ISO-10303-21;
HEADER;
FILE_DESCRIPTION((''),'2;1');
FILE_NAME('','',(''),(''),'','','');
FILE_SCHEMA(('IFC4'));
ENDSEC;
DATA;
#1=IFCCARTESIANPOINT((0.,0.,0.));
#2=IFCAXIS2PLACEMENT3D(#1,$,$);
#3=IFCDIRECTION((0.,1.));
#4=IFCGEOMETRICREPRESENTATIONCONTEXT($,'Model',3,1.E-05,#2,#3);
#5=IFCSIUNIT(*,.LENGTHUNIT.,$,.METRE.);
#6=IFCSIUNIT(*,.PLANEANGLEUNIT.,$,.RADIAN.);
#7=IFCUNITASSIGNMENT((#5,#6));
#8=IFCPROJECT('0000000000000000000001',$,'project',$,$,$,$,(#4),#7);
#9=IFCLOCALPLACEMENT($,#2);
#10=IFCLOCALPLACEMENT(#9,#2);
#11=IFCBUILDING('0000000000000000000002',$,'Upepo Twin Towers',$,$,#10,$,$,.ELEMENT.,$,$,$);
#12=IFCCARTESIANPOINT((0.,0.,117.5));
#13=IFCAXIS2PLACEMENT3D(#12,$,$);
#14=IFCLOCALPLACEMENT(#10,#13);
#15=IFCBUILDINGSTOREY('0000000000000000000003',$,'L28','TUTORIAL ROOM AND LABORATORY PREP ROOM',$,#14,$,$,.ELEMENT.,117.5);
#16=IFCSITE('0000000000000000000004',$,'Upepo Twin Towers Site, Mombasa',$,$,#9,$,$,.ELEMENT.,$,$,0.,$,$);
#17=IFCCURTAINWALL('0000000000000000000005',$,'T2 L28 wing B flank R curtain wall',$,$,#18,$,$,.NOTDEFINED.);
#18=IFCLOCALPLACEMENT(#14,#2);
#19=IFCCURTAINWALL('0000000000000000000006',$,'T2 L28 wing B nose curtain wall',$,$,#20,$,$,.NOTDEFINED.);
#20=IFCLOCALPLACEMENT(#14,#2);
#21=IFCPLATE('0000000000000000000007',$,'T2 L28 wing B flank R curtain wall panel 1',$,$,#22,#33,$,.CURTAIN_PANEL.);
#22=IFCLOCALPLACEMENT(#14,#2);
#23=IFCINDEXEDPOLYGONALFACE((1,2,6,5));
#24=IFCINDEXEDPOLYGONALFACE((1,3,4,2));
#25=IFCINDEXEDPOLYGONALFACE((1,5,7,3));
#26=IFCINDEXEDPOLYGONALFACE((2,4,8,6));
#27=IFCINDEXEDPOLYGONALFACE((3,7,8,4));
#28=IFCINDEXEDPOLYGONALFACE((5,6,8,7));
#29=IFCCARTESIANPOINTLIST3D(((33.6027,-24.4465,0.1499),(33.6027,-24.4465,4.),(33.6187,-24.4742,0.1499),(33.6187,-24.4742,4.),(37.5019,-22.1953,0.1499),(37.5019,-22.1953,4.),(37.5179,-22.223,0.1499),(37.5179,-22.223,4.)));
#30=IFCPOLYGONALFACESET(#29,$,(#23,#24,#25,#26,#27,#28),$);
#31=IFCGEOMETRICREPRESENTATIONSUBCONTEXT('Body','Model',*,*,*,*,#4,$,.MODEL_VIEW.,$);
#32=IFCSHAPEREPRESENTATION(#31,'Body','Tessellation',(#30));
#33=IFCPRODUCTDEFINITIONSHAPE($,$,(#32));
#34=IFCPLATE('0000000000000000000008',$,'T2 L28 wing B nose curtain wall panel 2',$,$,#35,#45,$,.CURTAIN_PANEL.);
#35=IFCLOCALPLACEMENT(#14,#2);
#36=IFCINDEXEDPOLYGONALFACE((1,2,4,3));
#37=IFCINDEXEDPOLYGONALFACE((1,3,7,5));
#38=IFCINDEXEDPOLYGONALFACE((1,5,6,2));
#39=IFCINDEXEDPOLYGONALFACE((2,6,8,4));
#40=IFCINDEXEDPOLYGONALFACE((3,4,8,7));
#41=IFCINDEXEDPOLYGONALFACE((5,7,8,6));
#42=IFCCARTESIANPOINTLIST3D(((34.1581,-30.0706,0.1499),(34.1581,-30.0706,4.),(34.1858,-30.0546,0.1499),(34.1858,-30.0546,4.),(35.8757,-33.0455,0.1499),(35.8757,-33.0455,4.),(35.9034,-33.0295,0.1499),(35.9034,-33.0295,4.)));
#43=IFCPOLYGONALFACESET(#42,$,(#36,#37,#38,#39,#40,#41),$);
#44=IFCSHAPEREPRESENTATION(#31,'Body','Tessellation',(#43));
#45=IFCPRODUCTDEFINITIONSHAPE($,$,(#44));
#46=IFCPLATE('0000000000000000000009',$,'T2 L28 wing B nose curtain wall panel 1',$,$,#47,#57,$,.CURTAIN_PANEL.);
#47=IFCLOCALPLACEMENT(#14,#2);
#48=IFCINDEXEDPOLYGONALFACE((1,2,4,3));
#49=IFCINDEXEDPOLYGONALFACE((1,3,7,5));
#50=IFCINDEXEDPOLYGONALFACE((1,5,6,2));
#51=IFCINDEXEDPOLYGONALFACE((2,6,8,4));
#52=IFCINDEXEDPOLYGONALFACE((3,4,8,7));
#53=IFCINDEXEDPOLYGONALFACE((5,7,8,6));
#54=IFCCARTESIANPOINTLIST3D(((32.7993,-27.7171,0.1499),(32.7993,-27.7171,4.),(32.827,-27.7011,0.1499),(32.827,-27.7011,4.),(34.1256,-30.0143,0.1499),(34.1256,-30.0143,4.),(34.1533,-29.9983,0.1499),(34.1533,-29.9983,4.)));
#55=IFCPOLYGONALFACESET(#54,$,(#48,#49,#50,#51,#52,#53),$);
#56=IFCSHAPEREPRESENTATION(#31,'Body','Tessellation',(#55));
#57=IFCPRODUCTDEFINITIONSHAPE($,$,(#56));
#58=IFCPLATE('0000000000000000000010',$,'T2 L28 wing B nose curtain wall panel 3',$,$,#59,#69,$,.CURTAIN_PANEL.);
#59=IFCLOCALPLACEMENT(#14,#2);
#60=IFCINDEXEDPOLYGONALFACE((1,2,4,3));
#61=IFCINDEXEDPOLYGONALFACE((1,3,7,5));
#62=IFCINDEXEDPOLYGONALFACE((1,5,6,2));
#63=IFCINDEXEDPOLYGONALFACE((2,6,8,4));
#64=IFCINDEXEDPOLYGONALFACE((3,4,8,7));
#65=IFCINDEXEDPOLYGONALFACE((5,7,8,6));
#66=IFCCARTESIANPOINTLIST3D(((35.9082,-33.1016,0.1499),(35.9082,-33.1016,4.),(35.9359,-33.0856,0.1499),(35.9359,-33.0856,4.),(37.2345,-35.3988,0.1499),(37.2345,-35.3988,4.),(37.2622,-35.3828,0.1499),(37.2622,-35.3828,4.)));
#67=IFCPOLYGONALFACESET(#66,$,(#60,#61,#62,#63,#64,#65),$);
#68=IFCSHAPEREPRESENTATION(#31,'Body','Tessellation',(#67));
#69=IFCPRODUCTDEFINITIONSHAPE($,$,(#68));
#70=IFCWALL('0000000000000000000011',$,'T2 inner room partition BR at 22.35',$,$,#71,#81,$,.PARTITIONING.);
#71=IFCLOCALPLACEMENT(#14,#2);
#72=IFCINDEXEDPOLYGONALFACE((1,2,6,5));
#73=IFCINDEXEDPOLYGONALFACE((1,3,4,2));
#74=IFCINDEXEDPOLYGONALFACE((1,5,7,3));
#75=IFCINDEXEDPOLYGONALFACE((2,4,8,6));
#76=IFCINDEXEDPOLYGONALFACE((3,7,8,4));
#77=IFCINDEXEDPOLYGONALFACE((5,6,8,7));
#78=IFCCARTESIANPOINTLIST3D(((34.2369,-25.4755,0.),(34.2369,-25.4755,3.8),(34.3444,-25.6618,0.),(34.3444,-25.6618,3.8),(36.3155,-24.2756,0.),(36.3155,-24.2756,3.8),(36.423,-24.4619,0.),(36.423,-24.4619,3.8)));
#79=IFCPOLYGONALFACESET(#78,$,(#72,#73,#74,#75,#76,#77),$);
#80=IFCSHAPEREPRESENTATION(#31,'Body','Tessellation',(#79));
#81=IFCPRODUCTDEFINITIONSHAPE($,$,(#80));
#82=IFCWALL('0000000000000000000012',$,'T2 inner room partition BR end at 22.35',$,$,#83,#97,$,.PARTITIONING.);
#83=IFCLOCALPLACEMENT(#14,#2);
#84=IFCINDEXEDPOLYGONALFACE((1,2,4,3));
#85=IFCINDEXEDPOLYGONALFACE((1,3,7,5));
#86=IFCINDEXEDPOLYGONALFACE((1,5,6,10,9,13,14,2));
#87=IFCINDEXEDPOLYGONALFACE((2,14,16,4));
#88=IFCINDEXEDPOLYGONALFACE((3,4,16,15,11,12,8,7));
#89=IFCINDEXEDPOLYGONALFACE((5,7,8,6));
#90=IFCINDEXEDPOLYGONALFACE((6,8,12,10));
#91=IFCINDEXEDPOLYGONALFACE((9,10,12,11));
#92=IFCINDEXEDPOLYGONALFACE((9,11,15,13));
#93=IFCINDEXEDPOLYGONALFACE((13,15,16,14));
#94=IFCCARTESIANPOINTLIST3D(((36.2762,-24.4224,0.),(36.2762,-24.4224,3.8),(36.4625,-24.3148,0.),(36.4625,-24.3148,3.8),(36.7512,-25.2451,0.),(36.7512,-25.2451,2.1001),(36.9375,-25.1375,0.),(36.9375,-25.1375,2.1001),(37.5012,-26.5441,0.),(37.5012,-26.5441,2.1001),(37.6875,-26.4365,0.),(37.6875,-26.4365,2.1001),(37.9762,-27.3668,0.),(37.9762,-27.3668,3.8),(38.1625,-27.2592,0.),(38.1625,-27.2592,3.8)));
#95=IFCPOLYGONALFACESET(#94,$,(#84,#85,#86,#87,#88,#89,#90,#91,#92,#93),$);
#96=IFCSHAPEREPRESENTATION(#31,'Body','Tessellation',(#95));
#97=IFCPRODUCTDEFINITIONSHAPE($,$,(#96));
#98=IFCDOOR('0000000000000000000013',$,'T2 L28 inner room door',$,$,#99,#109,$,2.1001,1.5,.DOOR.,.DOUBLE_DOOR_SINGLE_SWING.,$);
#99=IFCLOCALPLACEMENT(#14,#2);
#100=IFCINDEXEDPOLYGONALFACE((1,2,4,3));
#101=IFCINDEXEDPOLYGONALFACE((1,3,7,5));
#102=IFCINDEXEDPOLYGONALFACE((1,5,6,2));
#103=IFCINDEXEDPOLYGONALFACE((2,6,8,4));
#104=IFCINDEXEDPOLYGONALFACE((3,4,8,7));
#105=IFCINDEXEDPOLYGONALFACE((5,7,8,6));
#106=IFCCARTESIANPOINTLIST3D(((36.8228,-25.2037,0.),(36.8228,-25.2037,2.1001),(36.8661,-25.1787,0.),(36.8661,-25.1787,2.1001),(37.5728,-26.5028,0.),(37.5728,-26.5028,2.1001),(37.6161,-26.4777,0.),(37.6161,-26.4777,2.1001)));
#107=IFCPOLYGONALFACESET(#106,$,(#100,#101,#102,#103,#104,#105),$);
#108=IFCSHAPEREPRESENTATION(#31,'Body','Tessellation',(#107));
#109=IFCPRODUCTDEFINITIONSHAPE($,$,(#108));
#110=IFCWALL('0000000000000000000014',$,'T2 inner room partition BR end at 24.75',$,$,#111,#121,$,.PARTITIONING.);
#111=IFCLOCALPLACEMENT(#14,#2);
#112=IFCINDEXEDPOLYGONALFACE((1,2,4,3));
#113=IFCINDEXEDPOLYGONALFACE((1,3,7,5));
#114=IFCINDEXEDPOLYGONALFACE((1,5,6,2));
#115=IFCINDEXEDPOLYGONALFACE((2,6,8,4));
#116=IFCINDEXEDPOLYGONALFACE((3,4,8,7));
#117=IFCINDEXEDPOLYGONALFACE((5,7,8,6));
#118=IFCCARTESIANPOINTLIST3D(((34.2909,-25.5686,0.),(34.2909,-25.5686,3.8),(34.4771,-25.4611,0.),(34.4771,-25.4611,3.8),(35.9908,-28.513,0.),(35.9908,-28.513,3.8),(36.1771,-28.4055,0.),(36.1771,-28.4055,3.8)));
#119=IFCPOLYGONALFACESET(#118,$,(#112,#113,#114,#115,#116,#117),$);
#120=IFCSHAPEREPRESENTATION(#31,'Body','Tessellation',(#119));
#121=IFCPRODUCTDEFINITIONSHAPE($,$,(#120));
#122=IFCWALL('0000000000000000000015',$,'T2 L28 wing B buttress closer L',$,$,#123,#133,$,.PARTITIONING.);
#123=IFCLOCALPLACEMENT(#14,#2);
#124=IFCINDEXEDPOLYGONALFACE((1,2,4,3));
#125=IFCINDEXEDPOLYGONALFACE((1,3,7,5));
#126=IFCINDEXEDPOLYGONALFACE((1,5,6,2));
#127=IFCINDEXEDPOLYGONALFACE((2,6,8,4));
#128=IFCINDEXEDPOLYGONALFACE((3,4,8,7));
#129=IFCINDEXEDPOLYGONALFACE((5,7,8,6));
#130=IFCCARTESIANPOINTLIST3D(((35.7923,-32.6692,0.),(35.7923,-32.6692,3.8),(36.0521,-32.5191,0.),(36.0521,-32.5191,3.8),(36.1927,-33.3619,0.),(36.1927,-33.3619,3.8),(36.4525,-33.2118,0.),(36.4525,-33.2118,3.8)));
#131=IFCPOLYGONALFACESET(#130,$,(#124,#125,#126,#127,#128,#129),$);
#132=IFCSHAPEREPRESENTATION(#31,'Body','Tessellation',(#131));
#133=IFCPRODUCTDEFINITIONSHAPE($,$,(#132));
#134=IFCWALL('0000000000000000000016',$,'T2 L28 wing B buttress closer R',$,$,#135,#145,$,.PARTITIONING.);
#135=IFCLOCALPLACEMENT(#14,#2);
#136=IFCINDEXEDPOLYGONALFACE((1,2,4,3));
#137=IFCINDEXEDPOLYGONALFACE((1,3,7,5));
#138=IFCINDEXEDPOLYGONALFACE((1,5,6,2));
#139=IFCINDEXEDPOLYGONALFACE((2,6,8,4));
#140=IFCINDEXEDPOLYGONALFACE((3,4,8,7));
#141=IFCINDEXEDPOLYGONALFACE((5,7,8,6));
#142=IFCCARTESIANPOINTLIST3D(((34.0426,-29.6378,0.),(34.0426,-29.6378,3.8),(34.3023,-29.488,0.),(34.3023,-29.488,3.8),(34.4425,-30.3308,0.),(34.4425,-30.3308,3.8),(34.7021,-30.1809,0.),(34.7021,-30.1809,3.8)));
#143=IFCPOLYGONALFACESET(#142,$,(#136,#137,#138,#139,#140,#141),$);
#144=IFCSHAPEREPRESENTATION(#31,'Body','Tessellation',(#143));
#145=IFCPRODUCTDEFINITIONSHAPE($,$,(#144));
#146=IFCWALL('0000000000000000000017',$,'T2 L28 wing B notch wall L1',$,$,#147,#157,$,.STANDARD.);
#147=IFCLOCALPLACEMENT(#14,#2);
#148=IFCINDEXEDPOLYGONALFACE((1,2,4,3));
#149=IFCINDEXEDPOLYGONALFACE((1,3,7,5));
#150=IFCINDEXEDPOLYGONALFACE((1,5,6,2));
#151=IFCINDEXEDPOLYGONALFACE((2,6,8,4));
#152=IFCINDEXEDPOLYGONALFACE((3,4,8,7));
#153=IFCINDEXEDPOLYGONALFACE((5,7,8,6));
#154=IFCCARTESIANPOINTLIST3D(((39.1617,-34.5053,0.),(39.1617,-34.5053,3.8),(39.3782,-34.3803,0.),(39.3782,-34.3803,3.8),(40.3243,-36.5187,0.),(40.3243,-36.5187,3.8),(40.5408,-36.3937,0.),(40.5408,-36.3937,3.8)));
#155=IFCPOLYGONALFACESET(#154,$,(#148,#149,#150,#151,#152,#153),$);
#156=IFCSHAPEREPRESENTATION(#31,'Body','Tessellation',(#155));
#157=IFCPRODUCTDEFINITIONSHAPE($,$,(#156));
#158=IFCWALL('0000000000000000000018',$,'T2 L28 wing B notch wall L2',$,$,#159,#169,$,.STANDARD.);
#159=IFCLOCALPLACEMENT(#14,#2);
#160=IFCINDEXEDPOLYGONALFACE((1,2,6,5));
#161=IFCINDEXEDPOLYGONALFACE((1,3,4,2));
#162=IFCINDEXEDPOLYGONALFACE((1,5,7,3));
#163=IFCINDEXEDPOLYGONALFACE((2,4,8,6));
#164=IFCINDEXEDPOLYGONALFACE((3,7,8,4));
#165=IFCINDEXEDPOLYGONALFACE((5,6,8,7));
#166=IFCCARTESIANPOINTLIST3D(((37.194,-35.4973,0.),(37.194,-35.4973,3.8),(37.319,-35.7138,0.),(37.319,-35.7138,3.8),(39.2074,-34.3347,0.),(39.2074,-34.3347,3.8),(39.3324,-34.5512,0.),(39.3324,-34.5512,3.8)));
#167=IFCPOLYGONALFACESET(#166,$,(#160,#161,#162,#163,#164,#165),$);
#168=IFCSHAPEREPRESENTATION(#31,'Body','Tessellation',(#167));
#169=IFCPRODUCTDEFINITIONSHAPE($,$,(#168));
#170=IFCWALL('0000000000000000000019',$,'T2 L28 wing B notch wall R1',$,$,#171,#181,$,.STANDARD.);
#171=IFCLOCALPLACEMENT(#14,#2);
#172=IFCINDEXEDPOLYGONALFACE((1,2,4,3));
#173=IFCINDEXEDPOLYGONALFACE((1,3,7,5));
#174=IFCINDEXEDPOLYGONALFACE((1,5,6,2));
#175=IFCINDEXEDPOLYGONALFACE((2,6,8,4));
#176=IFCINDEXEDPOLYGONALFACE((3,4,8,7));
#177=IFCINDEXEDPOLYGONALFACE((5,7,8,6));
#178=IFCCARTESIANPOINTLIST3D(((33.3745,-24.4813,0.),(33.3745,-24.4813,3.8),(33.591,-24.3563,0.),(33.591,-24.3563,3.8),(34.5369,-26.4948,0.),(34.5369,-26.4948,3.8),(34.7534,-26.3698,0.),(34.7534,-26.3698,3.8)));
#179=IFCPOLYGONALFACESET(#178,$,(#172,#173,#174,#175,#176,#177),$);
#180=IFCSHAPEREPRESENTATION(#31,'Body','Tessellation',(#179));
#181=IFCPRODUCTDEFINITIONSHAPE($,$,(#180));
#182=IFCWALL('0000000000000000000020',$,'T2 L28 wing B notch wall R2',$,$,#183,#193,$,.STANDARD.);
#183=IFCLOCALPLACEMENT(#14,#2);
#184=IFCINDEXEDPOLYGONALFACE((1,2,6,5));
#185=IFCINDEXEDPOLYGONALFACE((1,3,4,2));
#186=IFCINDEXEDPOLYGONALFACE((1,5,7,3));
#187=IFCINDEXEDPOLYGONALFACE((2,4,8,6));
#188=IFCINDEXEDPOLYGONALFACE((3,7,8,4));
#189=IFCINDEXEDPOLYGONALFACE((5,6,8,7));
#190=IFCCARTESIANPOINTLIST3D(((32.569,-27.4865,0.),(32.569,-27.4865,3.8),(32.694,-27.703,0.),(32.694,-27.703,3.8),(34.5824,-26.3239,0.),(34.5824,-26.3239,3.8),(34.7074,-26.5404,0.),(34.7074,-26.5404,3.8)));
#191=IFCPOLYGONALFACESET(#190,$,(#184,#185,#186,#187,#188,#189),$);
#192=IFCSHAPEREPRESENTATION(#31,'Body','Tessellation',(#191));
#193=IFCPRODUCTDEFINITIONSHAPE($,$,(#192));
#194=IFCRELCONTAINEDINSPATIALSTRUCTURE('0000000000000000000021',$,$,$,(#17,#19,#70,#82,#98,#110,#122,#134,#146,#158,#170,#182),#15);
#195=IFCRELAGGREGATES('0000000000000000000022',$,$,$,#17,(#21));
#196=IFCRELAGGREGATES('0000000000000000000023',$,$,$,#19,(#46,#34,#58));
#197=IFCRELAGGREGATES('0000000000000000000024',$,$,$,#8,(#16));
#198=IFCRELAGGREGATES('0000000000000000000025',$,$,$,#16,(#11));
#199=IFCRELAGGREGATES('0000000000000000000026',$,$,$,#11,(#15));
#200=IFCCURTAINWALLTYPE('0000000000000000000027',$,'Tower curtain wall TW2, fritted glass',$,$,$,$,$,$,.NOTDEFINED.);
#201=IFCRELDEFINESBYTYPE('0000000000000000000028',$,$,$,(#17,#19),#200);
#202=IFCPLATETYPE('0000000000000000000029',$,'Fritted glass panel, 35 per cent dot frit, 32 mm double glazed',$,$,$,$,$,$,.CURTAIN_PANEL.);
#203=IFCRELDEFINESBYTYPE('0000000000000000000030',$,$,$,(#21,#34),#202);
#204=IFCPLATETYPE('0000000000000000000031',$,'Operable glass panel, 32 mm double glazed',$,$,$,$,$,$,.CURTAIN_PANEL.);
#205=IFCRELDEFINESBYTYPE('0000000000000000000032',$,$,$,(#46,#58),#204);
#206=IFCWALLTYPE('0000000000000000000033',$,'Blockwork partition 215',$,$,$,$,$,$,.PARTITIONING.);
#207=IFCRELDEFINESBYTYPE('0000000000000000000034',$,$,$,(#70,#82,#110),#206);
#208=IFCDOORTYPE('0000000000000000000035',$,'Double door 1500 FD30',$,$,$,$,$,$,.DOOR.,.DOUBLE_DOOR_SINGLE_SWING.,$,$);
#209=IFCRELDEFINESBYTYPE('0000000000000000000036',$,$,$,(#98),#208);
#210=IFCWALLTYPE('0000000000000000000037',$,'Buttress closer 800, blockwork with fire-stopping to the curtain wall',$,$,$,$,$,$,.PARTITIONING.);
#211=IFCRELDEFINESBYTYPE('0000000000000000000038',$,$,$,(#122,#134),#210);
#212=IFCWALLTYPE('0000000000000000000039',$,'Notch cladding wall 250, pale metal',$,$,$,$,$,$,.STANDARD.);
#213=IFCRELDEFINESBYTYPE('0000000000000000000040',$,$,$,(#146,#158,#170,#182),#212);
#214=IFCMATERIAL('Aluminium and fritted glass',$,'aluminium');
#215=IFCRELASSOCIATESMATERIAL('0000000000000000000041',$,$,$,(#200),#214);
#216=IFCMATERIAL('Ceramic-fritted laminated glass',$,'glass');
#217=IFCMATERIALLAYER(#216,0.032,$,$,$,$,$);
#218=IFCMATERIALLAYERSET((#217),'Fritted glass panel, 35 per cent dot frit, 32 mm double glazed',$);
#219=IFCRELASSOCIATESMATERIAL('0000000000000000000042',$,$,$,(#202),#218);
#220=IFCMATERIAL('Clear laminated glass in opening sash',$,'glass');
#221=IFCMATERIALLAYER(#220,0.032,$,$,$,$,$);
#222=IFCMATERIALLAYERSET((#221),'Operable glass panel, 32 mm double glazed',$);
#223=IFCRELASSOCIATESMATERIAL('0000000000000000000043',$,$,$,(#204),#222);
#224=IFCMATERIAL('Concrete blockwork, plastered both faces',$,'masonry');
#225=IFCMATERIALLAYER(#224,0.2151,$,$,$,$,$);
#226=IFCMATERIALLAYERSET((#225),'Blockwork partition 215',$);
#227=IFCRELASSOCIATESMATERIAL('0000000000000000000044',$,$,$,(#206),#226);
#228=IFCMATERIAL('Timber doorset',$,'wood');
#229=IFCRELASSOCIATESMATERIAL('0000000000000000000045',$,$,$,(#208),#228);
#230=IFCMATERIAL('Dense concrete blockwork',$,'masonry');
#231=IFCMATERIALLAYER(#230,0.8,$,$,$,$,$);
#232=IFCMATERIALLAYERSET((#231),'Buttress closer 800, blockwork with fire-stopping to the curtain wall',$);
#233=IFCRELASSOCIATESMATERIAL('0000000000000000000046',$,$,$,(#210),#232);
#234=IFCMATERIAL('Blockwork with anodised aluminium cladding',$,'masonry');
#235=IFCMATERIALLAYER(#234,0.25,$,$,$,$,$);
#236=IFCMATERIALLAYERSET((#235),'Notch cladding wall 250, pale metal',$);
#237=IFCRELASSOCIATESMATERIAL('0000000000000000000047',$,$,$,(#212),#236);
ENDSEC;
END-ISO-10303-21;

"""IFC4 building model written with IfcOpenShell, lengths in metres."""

from ifc_helpers import new_model, si_unit, direction, frame, frame_2d, origin, origin_2d, place, context, subcontext, project, spatial, rectangle, extrude, material, layer, layer_set, type_object, element, fill, aggregate, save


model = new_model("IFC4")

# Units and contexts
model_context = context("Model", 3, precision=1e-05, world=origin(), true_north=direction((0.0, 1.0)))
body_context = subcontext(model_context, "Body", "Model", "MODEL_VIEW")
ifc_project = project(units=[si_unit("LENGTHUNIT", "METRE"), si_unit("PLANEANGLEUNIT", "RADIAN")], contexts=[model_context])

# Site, building, storey
site_placement = place(None, origin())
site = spatial("IfcSite", under=ifc_project, at=site_placement, Name="Upepo Twin Towers Site, Mombasa", CompositionType="ELEMENT", RefElevation=0.0)
building_placement = place(site_placement, origin())
building = spatial("IfcBuilding", under=site, at=building_placement, Name="Upepo Twin Towers", CompositionType="ELEMENT")
storey_placement = place(building_placement, frame((0.0, 0.0, 117.5)))
storey = spatial("IfcBuildingStorey", under=building, at=storey_placement, Name="L28", Description="TUTORIAL ROOM AND LABORATORY PREP ROOM", CompositionType="ELEMENT", Elevation=117.5)

# Curtain wall
ifc_material_1 = material(Name="Aluminium and fritted glass", Category="aluminium")
curtain_wall_type = type_object("IfcCurtainWallType", Name="Tower curtain wall TW2, fritted glass", PredefinedType="NOTDEFINED", material=ifc_material_1)
curtain_wall_1_placement = place(storey_placement, origin())
curtain_wall_1 = element("IfcCurtainWall", 1, at=curtain_wall_1_placement, inside=storey, type_object=curtain_wall_type, Name="T2 L28 wing B flank R curtain wall", PredefinedType="NOTDEFINED")

# Curtain wall
curtain_wall_2_placement = place(storey_placement, origin())
curtain_wall_2 = element("IfcCurtainWall", 2, at=curtain_wall_2_placement, inside=storey, type_object=curtain_wall_type, Name="T2 L28 wing B nose curtain wall", PredefinedType="NOTDEFINED")

# Plates
ifc_material_2 = material(Name="Ceramic-fritted laminated glass", Category="glass")
ifc_layer_1 = layer(ifc_material_2, 0.032)
ifc_layer_set_1 = layer_set([ifc_layer_1], Name="Fritted glass panel, 35 per cent dot frit, 32 mm double glazed")
plate_type_1 = type_object("IfcPlateType", Name="Fritted glass panel, 35 per cent dot frit, 32 mm double glazed", PredefinedType="CURTAIN_PANEL", material=ifc_layer_set_1)
plate_1_placement = place(storey_placement, frame((35.5603, -23.3347, 0.1499), z_axis=(0.0, 0.0, 1.0), x_axis=(0.866025, 0.5, 0.0)))
plate_1 = element("IfcPlate", 3, at=plate_1_placement, type_object=plate_type_1, Name="T2 L28 wing B flank R curtain wall panel 1", PredefinedType="CURTAIN_PANEL", context=body_context, shape_type="SweptSolid", body=[
    extrude(rectangle(XDim=4.5024, YDim=0.032, at=origin_2d()), origin(), (0.0, 0.0, 1.0), 3.8501),
])
aggregate(curtain_wall_1, [plate_1])
plate_2_placement = place(storey_placement, frame((35.0308, -31.55, 0.1499), z_axis=(0.0, 0.0, 1.0), x_axis=(0.5, -0.866025, 0.0)))
plate_2 = element("IfcPlate", 4, at=plate_2_placement, type_object=plate_type_1, Name="T2 L28 wing B nose curtain wall panel 2", PredefinedType="CURTAIN_PANEL", context=body_context, shape_type="SweptSolid", body=[
    extrude(rectangle(XDim=3.4351, YDim=0.032, at=origin_2d()), origin(), (0.0, 0.0, 1.0), 3.8501),
])
ifc_material_3 = material(Name="Clear laminated glass in opening sash", Category="glass")
ifc_layer_2 = layer(ifc_material_3, 0.032)
ifc_layer_set_2 = layer_set([ifc_layer_2], Name="Operable glass panel, 32 mm double glazed")
plate_type_2 = type_object("IfcPlateType", Name="Operable glass panel, 32 mm double glazed", PredefinedType="CURTAIN_PANEL", material=ifc_layer_set_2)
plate_3_placement = place(storey_placement, frame((33.4763, -28.8577, 0.1499), z_axis=(0.0, 0.0, 1.0), x_axis=(0.5, -0.866025, 0.0)))
plate_3 = element("IfcPlate", 5, at=plate_3_placement, type_object=plate_type_2, Name="T2 L28 wing B nose curtain wall panel 1", PredefinedType="CURTAIN_PANEL", context=body_context, shape_type="SweptSolid", body=[
    extrude(rectangle(XDim=2.6526, YDim=0.032, at=origin_2d()), origin(), (0.0, 0.0, 1.0), 3.8501),
])
plate_4_placement = place(storey_placement, frame((36.5852, -34.2422, 0.1499), z_axis=(0.0, 0.0, 1.0), x_axis=(0.5, -0.866025, 0.0)))
plate_4 = element("IfcPlate", 6, at=plate_4_placement, type_object=plate_type_2, Name="T2 L28 wing B nose curtain wall panel 3", PredefinedType="CURTAIN_PANEL", context=body_context, shape_type="SweptSolid", body=[
    extrude(rectangle(XDim=2.6526, YDim=0.032, at=origin_2d()), origin(), (0.0, 0.0, 1.0), 3.8501),
])
aggregate(curtain_wall_2, [plate_3, plate_2, plate_4])

# Wall
ifc_material_4 = material(Name="Concrete blockwork, plastered both faces", Category="masonry")
ifc_layer_3 = layer(ifc_material_4, 0.2151)
ifc_layer_set_3 = layer_set([ifc_layer_3], Name="Blockwork partition 215")
wall_type_1 = type_object("IfcWallType", Name="Blockwork partition 215", PredefinedType="PARTITIONING", material=ifc_layer_set_3)
wall_1_placement = place(storey_placement, frame((36.3694, -24.3687, 0.0), z_axis=(0.0, 0.0, 1.0), x_axis=(-0.86605, -0.499957, 0.0)))
element("IfcWall", 7, at=wall_1_placement, inside=storey, type_object=wall_type_1, Name="T2 inner room partition BR at 22.35", PredefinedType="PARTITIONING", context=body_context, shape_type="SweptSolid", body=[
    extrude(rectangle(XDim=2.4001, YDim=0.2151, at=frame_2d((1.2002, 0.0))), origin(), (0.0, 0.0, 1.0), 3.8),
])

# Wall, opening, door
wall_2_placement = place(storey_placement, frame((38.0693, -27.313, 0.0), z_axis=(0.0, 0.0, 1.0), x_axis=(-0.500008, 0.866021, 0.0)))
wall_2 = element("IfcWall", 8, at=wall_2_placement, inside=storey, type_object=wall_type_1, Name="T2 inner room partition BR end at 22.35", PredefinedType="PARTITIONING", context=body_context, shape_type="SweptSolid", body=[
    extrude(rectangle(XDim=3.3999, YDim=0.2151, at=frame_2d((1.7, 0.0))), origin(), (0.0, 0.0, 1.0), 3.8),
])
opening_placement = place(wall_2_placement, frame((0.95, 0.0, 0.0)))
opening = element("IfcOpeningElement", 9, at=opening_placement, cuts=wall_2, PredefinedType="OPENING", context=body_context, shape_type="SweptSolid", body=[
    extrude(rectangle(XDim=1.5, YDim=2.1001, at=frame_2d((0.75, 1.05))), frame((0.0, 0.1174, 0.0), z_axis=(0.0, -1.0, 0.0), x_axis=(1.0, 0.0, 0.0)), (0.0, 0.0, 1.0), 0.2351),
])
ifc_material_5 = material(Name="Timber doorset", Category="wood")
door_type = type_object("IfcDoorType", Name="Double door 1500 FD30", OperationType="DOUBLE_DOOR_SINGLE_SWING", PredefinedType="DOOR", material=ifc_material_5)
door_placement = place(opening_placement, origin())
door = element("IfcDoor", 10, at=door_placement, inside=storey, type_object=door_type, Name="T2 L28 inner room door", OperationType="DOUBLE_DOOR_SINGLE_SWING", OverallHeight=2.1001, OverallWidth=1.5, PredefinedType="DOOR", context=body_context, shape_type="SweptSolid", body=[
    extrude(rectangle(XDim=1.5, YDim=2.1001, at=frame_2d((0.75, 1.05))), frame((0.0, 0.0249, 0.0), z_axis=(0.0, -1.0, 0.0), x_axis=(1.0, 0.0, 0.0)), (0.0, 0.0, 1.0), 0.05),
])
fill(opening, door)

# Walls
wall_3_placement = place(storey_placement, frame((36.084, -28.4592, 0.0), z_axis=(0.0, 0.0, 1.0), x_axis=(-0.500008, 0.866021, 0.0)))
element("IfcWall", 11, at=wall_3_placement, inside=storey, type_object=wall_type_1, Name="T2 inner room partition BR end at 24.75", PredefinedType="PARTITIONING", context=body_context, shape_type="SweptSolid", body=[
    extrude(rectangle(XDim=3.3999, YDim=0.2151, at=frame_2d((1.7, 0.0))), origin(), (0.0, 0.0, 1.0), 3.8),
])
ifc_material_6 = material(Name="Dense concrete blockwork", Category="masonry")
ifc_layer_4 = layer(ifc_material_6, 0.8)
ifc_layer_set_4 = layer_set([ifc_layer_4], Name="Buttress closer 800, blockwork with fire-stopping to the curtain wall")
wall_type_2 = type_object("IfcWallType", Name="Buttress closer 800, blockwork with fire-stopping to the curtain wall", PredefinedType="PARTITIONING", material=ifc_layer_set_4)
wall_4_placement = place(storey_placement, frame((36.2522, -32.8655, 0.0), z_axis=(0.0, 0.0, 1.0), x_axis=(-0.865779, -0.500427, 0.0)))
element("IfcWall", 12, at=wall_4_placement, inside=storey, type_object=wall_type_2, Name="T2 L28 wing B buttress closer L", PredefinedType="PARTITIONING", context=body_context, shape_type="SweptSolid", body=[
    extrude(rectangle(XDim=0.3, YDim=0.8, at=frame_2d((0.1499, 0.0))), origin(), (0.0, 0.0, 1.0), 3.8),
])
wall_5_placement = place(storey_placement, frame((34.5022, -29.8345, 0.0), z_axis=(0.0, 0.0, 1.0), x_axis=(-0.866131, -0.499816, 0.0)))
element("IfcWall", 13, at=wall_5_placement, inside=storey, type_object=wall_type_2, Name="T2 L28 wing B buttress closer R", PredefinedType="PARTITIONING", context=body_context, shape_type="SweptSolid", body=[
    extrude(rectangle(XDim=0.2998, YDim=0.8, at=frame_2d((0.1499, 0.0))), origin(), (0.0, 0.0, 1.0), 3.8),
])
ifc_material_7 = material(Name="Blockwork with anodised aluminium cladding", Category="masonry")
ifc_layer_5 = layer(ifc_material_7, 0.25)
ifc_layer_set_5 = layer_set([ifc_layer_5], Name="Notch cladding wall 250, pale metal")
wall_type_3 = type_object("IfcWallType", Name="Notch cladding wall 250, pale metal", PredefinedType="STANDARD", material=ifc_layer_set_5)
for number, where, z_axis, x_axis, name in (
    (14, (40.4326, -36.4563, 0.0), (0.0, 0.0, 1.0), (-0.500047, 0.865998, 0.0), "T2 L28 wing B notch wall L1"),
    (15, (39.27, -34.4429, 0.0), (0.0, 0.0, 1.0), (-0.865998, -0.500047, 0.0), "T2 L28 wing B notch wall L2"),
    (16, (33.4827, -24.4187, 0.0), (0.0, 0.0, 1.0), (0.499968, -0.866044, 0.0), "T2 L28 wing B notch wall R1"),
    (17, (34.645, -26.4321, 0.0), (0.0, 0.0, 1.0), (-0.865998, -0.500047, 0.0), "T2 L28 wing B notch wall R2"),
):
    element("IfcWall", number, at=place(storey_placement, frame(where, z_axis=z_axis, x_axis=x_axis)), inside=storey, type_object=wall_type_3, Name=name, PredefinedType="STANDARD", context=body_context, shape_type="SweptSolid", body=[
        extrude(rectangle(XDim=2.325, YDim=0.25, at=frame_2d((1.1626, 0.0))), origin(), (0.0, 0.0, 1.0), 3.8),
    ])

save(model, "model.ifc")
